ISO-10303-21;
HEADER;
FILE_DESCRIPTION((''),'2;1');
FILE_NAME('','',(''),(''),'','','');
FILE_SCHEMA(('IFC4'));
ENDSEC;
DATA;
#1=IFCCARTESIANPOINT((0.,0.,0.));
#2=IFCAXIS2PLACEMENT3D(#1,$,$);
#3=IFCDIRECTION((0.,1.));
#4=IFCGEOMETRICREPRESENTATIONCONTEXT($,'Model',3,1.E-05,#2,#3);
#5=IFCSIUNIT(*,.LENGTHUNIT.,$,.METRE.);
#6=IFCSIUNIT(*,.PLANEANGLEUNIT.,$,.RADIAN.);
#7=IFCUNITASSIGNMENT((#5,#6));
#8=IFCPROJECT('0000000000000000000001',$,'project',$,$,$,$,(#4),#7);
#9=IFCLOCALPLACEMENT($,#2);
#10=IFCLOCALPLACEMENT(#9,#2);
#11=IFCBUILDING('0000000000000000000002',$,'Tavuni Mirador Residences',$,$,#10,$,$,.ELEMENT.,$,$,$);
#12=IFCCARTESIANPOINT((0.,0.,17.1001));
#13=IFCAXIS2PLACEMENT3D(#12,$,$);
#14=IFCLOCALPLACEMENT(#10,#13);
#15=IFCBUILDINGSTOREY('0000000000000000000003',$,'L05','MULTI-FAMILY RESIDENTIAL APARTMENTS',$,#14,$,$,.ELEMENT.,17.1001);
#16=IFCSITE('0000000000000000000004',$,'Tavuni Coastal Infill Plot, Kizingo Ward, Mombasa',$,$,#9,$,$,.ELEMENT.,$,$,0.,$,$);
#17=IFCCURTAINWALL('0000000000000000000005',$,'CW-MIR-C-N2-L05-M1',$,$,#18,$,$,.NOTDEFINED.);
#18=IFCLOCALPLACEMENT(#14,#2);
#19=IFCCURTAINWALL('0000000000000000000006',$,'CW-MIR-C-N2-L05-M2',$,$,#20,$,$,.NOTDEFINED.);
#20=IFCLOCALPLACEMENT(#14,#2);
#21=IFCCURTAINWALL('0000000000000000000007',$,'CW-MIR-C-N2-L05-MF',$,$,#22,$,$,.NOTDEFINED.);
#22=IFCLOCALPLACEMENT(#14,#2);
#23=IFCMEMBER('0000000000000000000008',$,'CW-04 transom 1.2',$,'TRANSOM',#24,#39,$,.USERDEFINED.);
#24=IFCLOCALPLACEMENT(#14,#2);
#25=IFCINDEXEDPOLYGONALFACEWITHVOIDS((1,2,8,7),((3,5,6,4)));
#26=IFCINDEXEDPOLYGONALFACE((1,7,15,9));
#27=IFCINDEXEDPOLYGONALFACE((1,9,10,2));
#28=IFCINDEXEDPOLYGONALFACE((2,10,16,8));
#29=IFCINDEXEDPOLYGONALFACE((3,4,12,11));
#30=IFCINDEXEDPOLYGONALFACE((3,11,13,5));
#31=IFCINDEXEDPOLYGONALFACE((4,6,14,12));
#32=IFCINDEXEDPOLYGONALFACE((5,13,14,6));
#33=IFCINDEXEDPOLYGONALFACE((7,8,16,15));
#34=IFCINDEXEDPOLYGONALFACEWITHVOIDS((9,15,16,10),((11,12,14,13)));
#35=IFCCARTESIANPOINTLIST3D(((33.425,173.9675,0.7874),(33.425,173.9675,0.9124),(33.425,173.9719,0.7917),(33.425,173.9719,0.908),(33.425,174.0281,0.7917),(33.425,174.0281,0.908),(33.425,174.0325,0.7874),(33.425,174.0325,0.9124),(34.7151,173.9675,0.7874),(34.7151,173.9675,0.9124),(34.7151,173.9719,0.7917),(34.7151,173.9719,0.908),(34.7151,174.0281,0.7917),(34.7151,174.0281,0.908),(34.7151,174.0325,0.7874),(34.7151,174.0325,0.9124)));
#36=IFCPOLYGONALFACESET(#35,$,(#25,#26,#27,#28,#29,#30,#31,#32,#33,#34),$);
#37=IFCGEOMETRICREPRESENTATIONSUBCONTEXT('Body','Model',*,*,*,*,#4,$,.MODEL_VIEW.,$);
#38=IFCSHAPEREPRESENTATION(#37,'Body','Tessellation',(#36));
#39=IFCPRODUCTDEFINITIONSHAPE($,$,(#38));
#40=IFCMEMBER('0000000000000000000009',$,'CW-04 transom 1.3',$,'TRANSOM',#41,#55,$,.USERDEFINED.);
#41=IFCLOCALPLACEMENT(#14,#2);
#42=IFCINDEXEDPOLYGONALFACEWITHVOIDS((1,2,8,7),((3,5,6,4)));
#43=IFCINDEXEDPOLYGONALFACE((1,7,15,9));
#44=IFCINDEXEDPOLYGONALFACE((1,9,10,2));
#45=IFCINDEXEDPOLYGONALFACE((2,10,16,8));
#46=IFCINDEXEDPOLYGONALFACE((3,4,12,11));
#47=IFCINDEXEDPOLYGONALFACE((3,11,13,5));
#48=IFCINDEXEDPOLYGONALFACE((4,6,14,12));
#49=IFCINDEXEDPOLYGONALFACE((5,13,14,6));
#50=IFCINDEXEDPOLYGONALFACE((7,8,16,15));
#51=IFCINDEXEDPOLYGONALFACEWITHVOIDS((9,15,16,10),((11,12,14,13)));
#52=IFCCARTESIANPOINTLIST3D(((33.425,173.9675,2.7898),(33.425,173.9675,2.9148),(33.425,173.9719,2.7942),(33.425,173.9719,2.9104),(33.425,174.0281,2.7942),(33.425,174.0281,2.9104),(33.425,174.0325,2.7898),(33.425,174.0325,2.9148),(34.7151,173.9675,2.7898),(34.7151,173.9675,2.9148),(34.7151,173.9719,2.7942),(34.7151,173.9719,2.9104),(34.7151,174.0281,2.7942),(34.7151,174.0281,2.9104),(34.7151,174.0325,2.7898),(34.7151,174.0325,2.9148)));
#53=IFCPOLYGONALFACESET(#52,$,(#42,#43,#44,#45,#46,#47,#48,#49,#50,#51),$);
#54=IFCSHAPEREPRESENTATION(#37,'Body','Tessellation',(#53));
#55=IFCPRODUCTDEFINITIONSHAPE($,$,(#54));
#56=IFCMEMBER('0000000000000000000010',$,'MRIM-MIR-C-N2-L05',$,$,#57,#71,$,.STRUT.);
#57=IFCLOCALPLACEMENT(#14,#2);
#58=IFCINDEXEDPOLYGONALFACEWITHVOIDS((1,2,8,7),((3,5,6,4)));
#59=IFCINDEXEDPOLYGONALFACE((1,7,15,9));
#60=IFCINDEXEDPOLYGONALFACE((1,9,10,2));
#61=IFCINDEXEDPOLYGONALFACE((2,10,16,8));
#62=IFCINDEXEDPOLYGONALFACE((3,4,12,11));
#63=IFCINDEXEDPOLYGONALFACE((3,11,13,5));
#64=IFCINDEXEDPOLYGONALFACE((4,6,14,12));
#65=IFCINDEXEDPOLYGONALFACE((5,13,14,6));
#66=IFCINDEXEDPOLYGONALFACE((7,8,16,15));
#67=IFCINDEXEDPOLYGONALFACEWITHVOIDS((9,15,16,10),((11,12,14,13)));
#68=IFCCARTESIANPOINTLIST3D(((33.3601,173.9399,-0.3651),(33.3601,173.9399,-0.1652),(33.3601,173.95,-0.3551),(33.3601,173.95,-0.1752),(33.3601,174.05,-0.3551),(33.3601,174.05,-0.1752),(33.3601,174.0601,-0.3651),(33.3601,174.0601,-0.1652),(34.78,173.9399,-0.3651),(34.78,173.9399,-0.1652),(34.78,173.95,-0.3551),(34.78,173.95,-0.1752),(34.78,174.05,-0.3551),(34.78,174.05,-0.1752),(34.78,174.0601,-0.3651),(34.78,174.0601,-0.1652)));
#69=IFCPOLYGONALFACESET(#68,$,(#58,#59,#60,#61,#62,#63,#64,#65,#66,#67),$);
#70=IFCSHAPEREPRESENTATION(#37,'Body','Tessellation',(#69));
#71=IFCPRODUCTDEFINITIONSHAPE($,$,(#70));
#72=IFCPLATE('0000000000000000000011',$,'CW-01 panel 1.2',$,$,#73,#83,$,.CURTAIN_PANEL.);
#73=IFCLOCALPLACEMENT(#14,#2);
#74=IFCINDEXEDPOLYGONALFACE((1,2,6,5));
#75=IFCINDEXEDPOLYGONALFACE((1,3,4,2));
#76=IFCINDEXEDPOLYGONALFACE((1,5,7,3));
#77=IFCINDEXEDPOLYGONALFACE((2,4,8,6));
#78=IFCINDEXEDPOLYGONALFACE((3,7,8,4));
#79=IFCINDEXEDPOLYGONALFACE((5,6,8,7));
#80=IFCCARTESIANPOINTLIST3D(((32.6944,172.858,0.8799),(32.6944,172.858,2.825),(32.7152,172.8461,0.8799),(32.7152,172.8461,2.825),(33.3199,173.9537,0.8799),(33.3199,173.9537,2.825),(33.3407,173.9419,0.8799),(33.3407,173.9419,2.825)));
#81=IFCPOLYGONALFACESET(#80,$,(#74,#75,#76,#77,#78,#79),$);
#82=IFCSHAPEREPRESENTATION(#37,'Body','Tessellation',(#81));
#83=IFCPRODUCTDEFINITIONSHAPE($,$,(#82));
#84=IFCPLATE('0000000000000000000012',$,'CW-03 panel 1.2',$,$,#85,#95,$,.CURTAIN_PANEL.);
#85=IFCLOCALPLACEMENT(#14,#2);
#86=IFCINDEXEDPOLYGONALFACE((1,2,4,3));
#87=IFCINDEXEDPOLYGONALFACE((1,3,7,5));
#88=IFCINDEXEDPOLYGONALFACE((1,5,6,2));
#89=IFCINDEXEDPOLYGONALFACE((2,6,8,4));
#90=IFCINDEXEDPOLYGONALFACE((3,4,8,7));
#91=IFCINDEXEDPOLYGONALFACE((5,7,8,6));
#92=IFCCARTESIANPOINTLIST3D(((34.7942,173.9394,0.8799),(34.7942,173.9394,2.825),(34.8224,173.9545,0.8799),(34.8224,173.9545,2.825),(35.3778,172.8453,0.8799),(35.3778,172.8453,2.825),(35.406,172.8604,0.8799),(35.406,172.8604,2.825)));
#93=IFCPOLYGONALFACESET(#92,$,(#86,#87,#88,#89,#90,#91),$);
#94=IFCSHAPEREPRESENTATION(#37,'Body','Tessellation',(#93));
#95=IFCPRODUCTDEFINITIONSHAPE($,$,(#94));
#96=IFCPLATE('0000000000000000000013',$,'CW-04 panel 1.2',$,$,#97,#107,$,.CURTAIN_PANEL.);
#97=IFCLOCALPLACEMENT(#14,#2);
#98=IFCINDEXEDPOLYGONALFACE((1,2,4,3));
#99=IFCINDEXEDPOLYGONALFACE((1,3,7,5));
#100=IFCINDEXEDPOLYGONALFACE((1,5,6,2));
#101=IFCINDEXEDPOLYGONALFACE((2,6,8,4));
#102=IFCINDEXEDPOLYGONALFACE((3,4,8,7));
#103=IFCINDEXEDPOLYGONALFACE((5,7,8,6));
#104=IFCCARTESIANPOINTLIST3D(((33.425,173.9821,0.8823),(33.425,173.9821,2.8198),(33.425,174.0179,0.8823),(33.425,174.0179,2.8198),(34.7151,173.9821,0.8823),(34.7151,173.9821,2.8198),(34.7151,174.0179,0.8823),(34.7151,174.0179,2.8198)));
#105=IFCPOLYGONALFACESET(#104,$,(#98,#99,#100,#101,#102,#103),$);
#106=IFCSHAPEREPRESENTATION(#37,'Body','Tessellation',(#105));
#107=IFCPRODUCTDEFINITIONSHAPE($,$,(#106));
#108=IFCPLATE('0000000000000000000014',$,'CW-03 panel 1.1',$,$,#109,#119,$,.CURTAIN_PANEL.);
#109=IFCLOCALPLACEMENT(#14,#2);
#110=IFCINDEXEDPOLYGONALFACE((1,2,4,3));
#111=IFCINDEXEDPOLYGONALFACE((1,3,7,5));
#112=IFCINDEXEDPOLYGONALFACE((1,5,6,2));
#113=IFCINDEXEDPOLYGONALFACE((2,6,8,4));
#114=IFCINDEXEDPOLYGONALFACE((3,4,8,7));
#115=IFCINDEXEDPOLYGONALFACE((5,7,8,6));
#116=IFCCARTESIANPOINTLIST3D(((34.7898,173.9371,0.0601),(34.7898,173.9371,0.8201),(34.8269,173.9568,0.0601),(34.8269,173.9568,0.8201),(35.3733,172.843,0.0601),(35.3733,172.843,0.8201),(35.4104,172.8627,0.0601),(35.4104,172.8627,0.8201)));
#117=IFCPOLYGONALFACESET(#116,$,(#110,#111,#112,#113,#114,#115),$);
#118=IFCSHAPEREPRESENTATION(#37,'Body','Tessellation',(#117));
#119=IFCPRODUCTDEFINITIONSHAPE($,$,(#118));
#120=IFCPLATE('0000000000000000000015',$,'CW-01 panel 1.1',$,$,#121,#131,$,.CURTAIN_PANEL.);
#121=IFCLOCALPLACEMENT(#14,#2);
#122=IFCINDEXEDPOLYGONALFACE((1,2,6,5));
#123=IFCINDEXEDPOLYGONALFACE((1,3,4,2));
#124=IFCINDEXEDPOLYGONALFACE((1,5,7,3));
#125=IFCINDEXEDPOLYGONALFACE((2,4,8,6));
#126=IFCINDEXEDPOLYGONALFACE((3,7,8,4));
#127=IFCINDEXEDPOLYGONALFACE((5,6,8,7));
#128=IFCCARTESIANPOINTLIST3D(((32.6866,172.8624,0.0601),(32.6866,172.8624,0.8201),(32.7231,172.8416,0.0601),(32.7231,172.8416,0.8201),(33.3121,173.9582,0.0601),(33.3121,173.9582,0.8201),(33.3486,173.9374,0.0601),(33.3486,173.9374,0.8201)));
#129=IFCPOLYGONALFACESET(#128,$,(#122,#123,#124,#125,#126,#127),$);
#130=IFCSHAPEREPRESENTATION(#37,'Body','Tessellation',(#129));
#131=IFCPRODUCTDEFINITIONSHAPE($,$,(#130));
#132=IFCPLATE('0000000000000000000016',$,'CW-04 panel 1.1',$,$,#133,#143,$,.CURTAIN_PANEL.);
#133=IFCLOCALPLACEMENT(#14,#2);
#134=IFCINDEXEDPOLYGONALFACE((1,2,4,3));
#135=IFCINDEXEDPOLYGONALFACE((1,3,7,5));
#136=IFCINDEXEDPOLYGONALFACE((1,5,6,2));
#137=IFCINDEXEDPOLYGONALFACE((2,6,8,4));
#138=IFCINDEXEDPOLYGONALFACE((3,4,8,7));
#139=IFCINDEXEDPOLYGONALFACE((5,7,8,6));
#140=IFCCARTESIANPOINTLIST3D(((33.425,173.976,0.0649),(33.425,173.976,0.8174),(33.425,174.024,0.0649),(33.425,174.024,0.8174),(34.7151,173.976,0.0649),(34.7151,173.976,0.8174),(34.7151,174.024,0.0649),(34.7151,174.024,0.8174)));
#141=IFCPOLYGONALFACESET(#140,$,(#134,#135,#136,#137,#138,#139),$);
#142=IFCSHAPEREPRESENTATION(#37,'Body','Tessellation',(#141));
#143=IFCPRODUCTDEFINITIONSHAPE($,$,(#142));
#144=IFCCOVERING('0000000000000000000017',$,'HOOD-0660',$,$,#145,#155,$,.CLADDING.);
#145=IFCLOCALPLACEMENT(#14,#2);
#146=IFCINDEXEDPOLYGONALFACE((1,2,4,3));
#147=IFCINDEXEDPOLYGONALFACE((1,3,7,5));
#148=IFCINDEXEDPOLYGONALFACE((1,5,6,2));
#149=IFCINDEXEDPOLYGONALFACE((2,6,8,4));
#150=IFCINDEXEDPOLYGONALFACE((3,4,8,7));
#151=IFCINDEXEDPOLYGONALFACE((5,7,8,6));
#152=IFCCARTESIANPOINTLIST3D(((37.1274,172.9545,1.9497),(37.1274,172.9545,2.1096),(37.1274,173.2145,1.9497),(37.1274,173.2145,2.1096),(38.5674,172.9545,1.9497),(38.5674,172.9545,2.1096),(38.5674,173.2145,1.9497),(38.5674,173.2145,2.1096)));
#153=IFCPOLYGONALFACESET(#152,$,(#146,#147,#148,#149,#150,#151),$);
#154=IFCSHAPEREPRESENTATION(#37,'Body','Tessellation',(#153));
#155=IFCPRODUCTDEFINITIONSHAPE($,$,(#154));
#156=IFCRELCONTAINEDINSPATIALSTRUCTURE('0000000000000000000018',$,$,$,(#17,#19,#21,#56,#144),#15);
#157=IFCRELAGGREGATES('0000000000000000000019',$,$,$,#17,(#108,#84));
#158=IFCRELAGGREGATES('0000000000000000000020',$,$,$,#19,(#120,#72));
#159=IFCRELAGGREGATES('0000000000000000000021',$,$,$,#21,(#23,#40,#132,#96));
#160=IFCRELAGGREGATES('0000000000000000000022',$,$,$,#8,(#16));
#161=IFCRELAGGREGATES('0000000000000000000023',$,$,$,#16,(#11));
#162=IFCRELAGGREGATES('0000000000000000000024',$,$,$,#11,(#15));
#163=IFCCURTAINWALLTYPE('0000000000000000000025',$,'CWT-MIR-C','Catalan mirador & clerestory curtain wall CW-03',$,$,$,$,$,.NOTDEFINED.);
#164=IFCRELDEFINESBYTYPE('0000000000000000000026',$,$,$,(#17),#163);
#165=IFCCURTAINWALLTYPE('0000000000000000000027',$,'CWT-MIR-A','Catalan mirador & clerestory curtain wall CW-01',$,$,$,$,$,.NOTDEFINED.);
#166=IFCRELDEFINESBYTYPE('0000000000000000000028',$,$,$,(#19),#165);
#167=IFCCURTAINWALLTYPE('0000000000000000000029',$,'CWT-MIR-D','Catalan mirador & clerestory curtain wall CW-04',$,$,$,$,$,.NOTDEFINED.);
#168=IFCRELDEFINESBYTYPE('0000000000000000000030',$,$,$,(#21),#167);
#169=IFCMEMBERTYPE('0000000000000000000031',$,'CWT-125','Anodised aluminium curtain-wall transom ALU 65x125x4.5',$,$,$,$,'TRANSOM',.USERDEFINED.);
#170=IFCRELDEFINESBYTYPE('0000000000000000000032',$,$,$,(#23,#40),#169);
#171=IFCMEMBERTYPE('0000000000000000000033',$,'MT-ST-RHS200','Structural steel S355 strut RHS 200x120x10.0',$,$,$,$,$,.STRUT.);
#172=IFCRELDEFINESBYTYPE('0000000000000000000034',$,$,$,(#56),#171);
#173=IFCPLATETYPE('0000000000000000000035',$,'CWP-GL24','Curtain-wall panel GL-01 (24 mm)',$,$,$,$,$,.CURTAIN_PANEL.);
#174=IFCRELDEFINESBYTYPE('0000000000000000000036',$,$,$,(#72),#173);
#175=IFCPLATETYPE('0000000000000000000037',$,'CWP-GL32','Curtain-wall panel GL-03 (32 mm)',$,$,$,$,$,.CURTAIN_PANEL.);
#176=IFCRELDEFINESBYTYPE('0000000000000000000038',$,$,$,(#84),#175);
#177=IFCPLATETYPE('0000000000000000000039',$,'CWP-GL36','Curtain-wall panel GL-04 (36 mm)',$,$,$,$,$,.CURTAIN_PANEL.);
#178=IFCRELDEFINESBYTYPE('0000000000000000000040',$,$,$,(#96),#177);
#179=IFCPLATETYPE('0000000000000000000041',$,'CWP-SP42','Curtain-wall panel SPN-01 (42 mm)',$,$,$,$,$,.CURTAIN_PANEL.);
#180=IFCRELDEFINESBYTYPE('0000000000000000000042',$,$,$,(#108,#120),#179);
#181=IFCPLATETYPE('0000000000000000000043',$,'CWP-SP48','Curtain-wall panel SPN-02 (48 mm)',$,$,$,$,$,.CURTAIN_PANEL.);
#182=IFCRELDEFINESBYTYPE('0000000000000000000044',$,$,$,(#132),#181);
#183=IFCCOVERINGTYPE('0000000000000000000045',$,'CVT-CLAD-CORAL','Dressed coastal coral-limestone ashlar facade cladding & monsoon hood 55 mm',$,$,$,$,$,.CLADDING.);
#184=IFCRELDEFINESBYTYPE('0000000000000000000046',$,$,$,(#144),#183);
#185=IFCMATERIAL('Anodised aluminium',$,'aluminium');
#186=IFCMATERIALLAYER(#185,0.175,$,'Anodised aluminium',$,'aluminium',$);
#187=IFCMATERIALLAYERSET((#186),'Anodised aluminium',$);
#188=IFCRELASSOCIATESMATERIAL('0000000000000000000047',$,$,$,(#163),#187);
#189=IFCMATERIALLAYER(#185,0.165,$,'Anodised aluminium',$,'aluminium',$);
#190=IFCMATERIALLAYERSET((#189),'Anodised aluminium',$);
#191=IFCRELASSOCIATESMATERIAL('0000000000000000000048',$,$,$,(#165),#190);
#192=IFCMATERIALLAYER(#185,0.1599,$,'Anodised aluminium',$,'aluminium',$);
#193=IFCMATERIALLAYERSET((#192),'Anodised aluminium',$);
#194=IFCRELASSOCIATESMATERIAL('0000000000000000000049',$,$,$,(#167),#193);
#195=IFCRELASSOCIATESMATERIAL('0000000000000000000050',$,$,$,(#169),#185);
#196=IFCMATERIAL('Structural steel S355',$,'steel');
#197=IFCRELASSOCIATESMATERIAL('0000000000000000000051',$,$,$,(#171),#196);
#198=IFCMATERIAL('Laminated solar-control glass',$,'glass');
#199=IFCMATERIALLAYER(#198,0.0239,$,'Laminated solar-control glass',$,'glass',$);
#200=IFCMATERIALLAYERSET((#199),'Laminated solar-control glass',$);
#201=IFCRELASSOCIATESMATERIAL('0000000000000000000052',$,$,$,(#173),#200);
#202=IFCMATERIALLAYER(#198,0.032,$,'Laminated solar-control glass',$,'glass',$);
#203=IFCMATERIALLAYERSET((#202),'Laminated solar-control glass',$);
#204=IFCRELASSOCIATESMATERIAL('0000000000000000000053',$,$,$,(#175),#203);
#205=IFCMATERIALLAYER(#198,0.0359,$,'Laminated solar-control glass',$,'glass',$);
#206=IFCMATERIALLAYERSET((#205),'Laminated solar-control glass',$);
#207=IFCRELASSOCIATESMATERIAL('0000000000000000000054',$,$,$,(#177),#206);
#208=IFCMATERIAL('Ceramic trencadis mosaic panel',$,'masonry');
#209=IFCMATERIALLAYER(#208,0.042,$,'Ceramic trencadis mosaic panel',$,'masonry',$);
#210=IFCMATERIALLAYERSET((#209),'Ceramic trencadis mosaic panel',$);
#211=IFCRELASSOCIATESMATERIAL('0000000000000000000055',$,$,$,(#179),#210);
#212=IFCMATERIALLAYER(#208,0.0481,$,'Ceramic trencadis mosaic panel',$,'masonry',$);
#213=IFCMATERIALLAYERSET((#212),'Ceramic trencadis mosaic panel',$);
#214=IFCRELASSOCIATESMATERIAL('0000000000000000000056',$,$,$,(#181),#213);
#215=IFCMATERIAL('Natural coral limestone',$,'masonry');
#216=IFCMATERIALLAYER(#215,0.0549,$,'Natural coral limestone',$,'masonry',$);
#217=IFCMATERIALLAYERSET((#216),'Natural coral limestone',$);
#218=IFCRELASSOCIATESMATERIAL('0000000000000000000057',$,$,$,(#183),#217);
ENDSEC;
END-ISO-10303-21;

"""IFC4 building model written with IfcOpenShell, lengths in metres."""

from ifc_helpers import new_model, si_unit, direction, frame, origin, origin_2d, place, context, subcontext, project, spatial, rectangle, hollow_rectangle, extrude, material, layer, layer_set, material_profile, profile_set, type_object, element, aggregate, save


model = new_model("IFC4")

# Units and contexts
model_context = context("Model", 3, precision=1e-05, world=origin(), true_north=direction((0.0, 1.0)))
body_context = subcontext(model_context, "Body", "Model", "MODEL_VIEW")
ifc_project = project(units=[si_unit("LENGTHUNIT", "METRE"), si_unit("PLANEANGLEUNIT", "RADIAN")], contexts=[model_context])

# Site, building, storey
site_placement = place(None, origin())
site = spatial("IfcSite", under=ifc_project, at=site_placement, Name="Tavuni Coastal Infill Plot, Kizingo Ward, Mombasa", CompositionType="ELEMENT", RefElevation=0.0)
building_placement = place(site_placement, origin())
building = spatial("IfcBuilding", under=site, at=building_placement, Name="Tavuni Mirador Residences", CompositionType="ELEMENT")
storey_placement = place(building_placement, frame((0.0, 0.0, 17.1001)))
storey = spatial("IfcBuildingStorey", under=building, at=storey_placement, Name="L05", Description="MULTI-FAMILY RESIDENTIAL APARTMENTS", CompositionType="ELEMENT", Elevation=17.1001)

# Curtain walls
ifc_material_1 = material(Name="Anodised aluminium", Category="aluminium")
ifc_layer_1 = layer(ifc_material_1, 0.175, Name="Anodised aluminium", Category="aluminium")
ifc_layer_set_1 = layer_set([ifc_layer_1], Name="Anodised aluminium")
curtain_wall_type_1 = type_object("IfcCurtainWallType", Name="CWT-MIR-C", Description="Catalan mirador & clerestory curtain wall CW-03", PredefinedType="NOTDEFINED", material=ifc_layer_set_1)
curtain_wall_1_placement = place(storey_placement, origin())
curtain_wall_1 = element("IfcCurtainWall", 1, at=curtain_wall_1_placement, inside=storey, type_object=curtain_wall_type_1, Name="CW-MIR-C-N2-L05-M1", PredefinedType="NOTDEFINED")
ifc_layer_2 = layer(ifc_material_1, 0.165, Name="Anodised aluminium", Category="aluminium")
ifc_layer_set_2 = layer_set([ifc_layer_2], Name="Anodised aluminium")
curtain_wall_type_2 = type_object("IfcCurtainWallType", Name="CWT-MIR-A", Description="Catalan mirador & clerestory curtain wall CW-01", PredefinedType="NOTDEFINED", material=ifc_layer_set_2)
curtain_wall_2_placement = place(storey_placement, origin())
curtain_wall_2 = element("IfcCurtainWall", 2, at=curtain_wall_2_placement, inside=storey, type_object=curtain_wall_type_2, Name="CW-MIR-C-N2-L05-M2", PredefinedType="NOTDEFINED")

# Curtain wall
ifc_layer_3 = layer(ifc_material_1, 0.1599, Name="Anodised aluminium", Category="aluminium")
ifc_layer_set_3 = layer_set([ifc_layer_3], Name="Anodised aluminium")
curtain_wall_type_3 = type_object("IfcCurtainWallType", Name="CWT-MIR-D", Description="Catalan mirador & clerestory curtain wall CW-04", PredefinedType="NOTDEFINED", material=ifc_layer_set_3)
curtain_wall_3_placement = place(storey_placement, origin())
curtain_wall_3 = element("IfcCurtainWall", 3, at=curtain_wall_3_placement, inside=storey, type_object=curtain_wall_type_3, Name="CW-MIR-C-N2-L05-MF", PredefinedType="NOTDEFINED")

# Members
ifc_material_profile_1 = material_profile(ifc_material_1, hollow_rectangle(XDim=0.0649, YDim=0.125, WallThickness=0.0044, at=origin_2d()), Name="ALU 65x125x4.5", Category="aluminium")
ifc_profile_set_1 = profile_set([ifc_material_profile_1], Name="Anodised aluminium")
member_type_1 = type_object("IfcMemberType", Name="CWT-125", Description="Anodised aluminium curtain-wall transom ALU 65x125x4.5", ElementType="TRANSOM", PredefinedType="USERDEFINED", material=ifc_profile_set_1)
member_1_placement = place(storey_placement, frame((34.7151, 174.0, 0.8499), z_axis=(-1.0, 0.0, 0.0), x_axis=(0.0, -1.0, 0.0)))
member_1 = element("IfcMember", 4, at=member_1_placement, type_object=member_type_1, Name="CW-04 transom 1.2", ObjectType="TRANSOM", PredefinedType="USERDEFINED", context=body_context, shape_type="SweptSolid", body=[
    extrude(hollow_rectangle(XDim=0.0649, YDim=0.125, WallThickness=0.0044, at=origin_2d()), origin(), (0.0, 0.0, 1.0), 1.29),
])
member_2_placement = place(storey_placement, frame((34.7151, 174.0, 2.8523), z_axis=(-1.0, 0.0, 0.0), x_axis=(0.0, -1.0, 0.0)))
member_2 = element("IfcMember", 5, at=member_2_placement, type_object=member_type_1, Name="CW-04 transom 1.3", ObjectType="TRANSOM", PredefinedType="USERDEFINED", context=body_context, shape_type="SweptSolid", body=[
    extrude(hollow_rectangle(XDim=0.0649, YDim=0.125, WallThickness=0.0044, at=origin_2d()), origin(), (0.0, 0.0, 1.0), 1.29),
])
ifc_material_2 = material(Name="Structural steel S355", Category="steel")
ifc_material_profile_2 = material_profile(ifc_material_2, hollow_rectangle(XDim=0.1201, YDim=0.2, WallThickness=0.01, at=origin_2d()), Name="RHS 200x120x10.0", Category="steel")
ifc_profile_set_2 = profile_set([ifc_material_profile_2], Name="Structural steel S355")
member_type_2 = type_object("IfcMemberType", Name="MT-ST-RHS200", Description="Structural steel S355 strut RHS 200x120x10.0", PredefinedType="STRUT", material=ifc_profile_set_2)
member_3_placement = place(storey_placement, frame((33.3601, 174.0, -0.2651), z_axis=(1.0, 0.0, 0.0), x_axis=(0.0, 1.0, 0.0)))
element("IfcMember", 6, at=member_3_placement, inside=storey, type_object=member_type_2, Name="MRIM-MIR-C-N2-L05", PredefinedType="STRUT", context=body_context, shape_type="SweptSolid", body=[
    extrude(hollow_rectangle(XDim=0.1201, YDim=0.2, WallThickness=0.01, at=origin_2d()), origin(), (0.0, 0.0, 1.0), 1.4199),
])

# Plates
ifc_material_3 = material(Name="Laminated solar-control glass", Category="glass")
ifc_layer_4 = layer(ifc_material_3, 0.0239, Name="Laminated solar-control glass", Category="glass")
ifc_layer_set_4 = layer_set([ifc_layer_4], Name="Laminated solar-control glass")
plate_type_1 = type_object("IfcPlateType", Name="CWP-GL24", Description="Curtain-wall panel GL-01 (24 mm)", PredefinedType="CURTAIN_PANEL", material=ifc_layer_set_4)
plate_1_placement = place(storey_placement, frame((33.0176, 173.3999, 0.8799), z_axis=(0.0, 0.0, 1.0), x_axis=(-0.495749, -0.868466, 0.0)))
plate_1 = element("IfcPlate", 7, at=plate_1_placement, type_object=plate_type_1, Name="CW-01 panel 1.2", PredefinedType="CURTAIN_PANEL", context=body_context, shape_type="SweptSolid", body=[
    extrude(rectangle(XDim=1.2617, YDim=0.0239, at=origin_2d()), origin(), (0.0, 0.0, 1.0), 1.9451),
])
ifc_layer_5 = layer(ifc_material_3, 0.032, Name="Laminated solar-control glass", Category="glass")
ifc_layer_set_5 = layer_set([ifc_layer_5], Name="Laminated solar-control glass")
plate_type_2 = type_object("IfcPlateType", Name="CWP-GL32", Description="Curtain-wall panel GL-03 (32 mm)", PredefinedType="CURTAIN_PANEL", material=ifc_layer_set_5)
plate_2_placement = place(storey_placement, frame((35.1001, 173.3999, 0.8799), z_axis=(0.0, 0.0, 1.0), x_axis=(-0.470588, 0.882353, 0.0)))
plate_2 = element("IfcPlate", 8, at=plate_2_placement, type_object=plate_type_2, Name="CW-03 panel 1.2", PredefinedType="CURTAIN_PANEL", context=body_context, shape_type="SweptSolid", body=[
    extrude(rectangle(XDim=1.24, YDim=0.032, at=origin_2d()), origin(), (0.0, 0.0, 1.0), 1.9451),
])
ifc_layer_6 = layer(ifc_material_3, 0.0359, Name="Laminated solar-control glass", Category="glass")
ifc_layer_set_6 = layer_set([ifc_layer_6], Name="Laminated solar-control glass")
plate_type_3 = type_object("IfcPlateType", Name="CWP-GL36", Description="Curtain-wall panel GL-04 (36 mm)", PredefinedType="CURTAIN_PANEL", material=ifc_layer_set_6)
plate_3_placement = place(storey_placement, frame((34.0701, 174.0, 0.8823), z_axis=(0.0, 0.0, 1.0), x_axis=(-1.0, 0.0, 0.0)))
plate_3 = element("IfcPlate", 9, at=plate_3_placement, type_object=plate_type_3, Name="CW-04 panel 1.2", PredefinedType="CURTAIN_PANEL", context=body_context, shape_type="SweptSolid", body=[
    extrude(rectangle(XDim=1.29, YDim=0.0359, at=origin_2d()), origin(), (0.0, 0.0, 1.0), 1.9375),
])
ifc_material_4 = material(Name="Ceramic trencadis mosaic panel", Category="masonry")
ifc_layer_7 = layer(ifc_material_4, 0.042, Name="Ceramic trencadis mosaic panel", Category="masonry")
ifc_layer_set_7 = layer_set([ifc_layer_7], Name="Ceramic trencadis mosaic panel")
plate_type_4 = type_object("IfcPlateType", Name="CWP-SP42", Description="Curtain-wall panel SPN-01 (42 mm)", PredefinedType="CURTAIN_PANEL", material=ifc_layer_set_7)
plate_4_placement = place(storey_placement, frame((35.1001, 173.3999, 0.0601), z_axis=(0.0, 0.0, 1.0), x_axis=(-0.470588, 0.882353, 0.0)))
plate_4 = element("IfcPlate", 10, at=plate_4_placement, type_object=plate_type_4, Name="CW-03 panel 1.1", PredefinedType="CURTAIN_PANEL", context=body_context, shape_type="SweptSolid", body=[
    extrude(rectangle(XDim=1.24, YDim=0.042, at=origin_2d()), origin(), (0.0, 0.0, 1.0), 0.76),
])
aggregate(curtain_wall_1, [plate_4, plate_2])
plate_5_placement = place(storey_placement, frame((33.0176, 173.3999, 0.0601), z_axis=(0.0, 0.0, 1.0), x_axis=(-0.495749, -0.868466, 0.0)))
plate_5 = element("IfcPlate", 11, at=plate_5_placement, type_object=plate_type_4, Name="CW-01 panel 1.1", PredefinedType="CURTAIN_PANEL", context=body_context, shape_type="SweptSolid", body=[
    extrude(rectangle(XDim=1.2617, YDim=0.042, at=origin_2d()), origin(), (0.0, 0.0, 1.0), 0.76),
])
aggregate(curtain_wall_2, [plate_5, plate_1])
ifc_layer_8 = layer(ifc_material_4, 0.0481, Name="Ceramic trencadis mosaic panel", Category="masonry")
ifc_layer_set_8 = layer_set([ifc_layer_8], Name="Ceramic trencadis mosaic panel")
plate_type_5 = type_object("IfcPlateType", Name="CWP-SP48", Description="Curtain-wall panel SPN-02 (48 mm)", PredefinedType="CURTAIN_PANEL", material=ifc_layer_set_8)
plate_6_placement = place(storey_placement, frame((34.0701, 174.0, 0.0649), z_axis=(0.0, 0.0, 1.0), x_axis=(-1.0, 0.0, 0.0)))
plate_6 = element("IfcPlate", 12, at=plate_6_placement, type_object=plate_type_5, Name="CW-04 panel 1.1", PredefinedType="CURTAIN_PANEL", context=body_context, shape_type="SweptSolid", body=[
    extrude(rectangle(XDim=1.29, YDim=0.0481, at=origin_2d()), origin(), (0.0, 0.0, 1.0), 0.7524),
])
aggregate(curtain_wall_3, [member_1, member_2, plate_6, plate_3])

# Covering
ifc_material_5 = material(Name="Natural coral limestone", Category="masonry")
ifc_layer_9 = layer(ifc_material_5, 0.0549, Name="Natural coral limestone", Category="masonry")
ifc_layer_set_9 = layer_set([ifc_layer_9], Name="Natural coral limestone")
covering_type = type_object("IfcCoveringType", Name="CVT-CLAD-CORAL", Description="Dressed coastal coral-limestone ashlar facade cladding & monsoon hood 55 mm", PredefinedType="CLADDING", material=ifc_layer_set_9)
covering_placement = place(storey_placement, frame((37.8474, 173.0845, 1.9497), z_axis=(0.0, 0.0, 1.0), x_axis=(-1.0, 0.0, 0.0)))
element("IfcCovering", 13, at=covering_placement, inside=storey, type_object=covering_type, Name="HOOD-0660", PredefinedType="CLADDING", context=body_context, shape_type="SweptSolid", body=[
    extrude(rectangle(XDim=1.4399, YDim=0.26, at=origin_2d()), origin(), (0.0, 0.0, 1.0), 0.1599),
])

save(model, "model.ifc")
